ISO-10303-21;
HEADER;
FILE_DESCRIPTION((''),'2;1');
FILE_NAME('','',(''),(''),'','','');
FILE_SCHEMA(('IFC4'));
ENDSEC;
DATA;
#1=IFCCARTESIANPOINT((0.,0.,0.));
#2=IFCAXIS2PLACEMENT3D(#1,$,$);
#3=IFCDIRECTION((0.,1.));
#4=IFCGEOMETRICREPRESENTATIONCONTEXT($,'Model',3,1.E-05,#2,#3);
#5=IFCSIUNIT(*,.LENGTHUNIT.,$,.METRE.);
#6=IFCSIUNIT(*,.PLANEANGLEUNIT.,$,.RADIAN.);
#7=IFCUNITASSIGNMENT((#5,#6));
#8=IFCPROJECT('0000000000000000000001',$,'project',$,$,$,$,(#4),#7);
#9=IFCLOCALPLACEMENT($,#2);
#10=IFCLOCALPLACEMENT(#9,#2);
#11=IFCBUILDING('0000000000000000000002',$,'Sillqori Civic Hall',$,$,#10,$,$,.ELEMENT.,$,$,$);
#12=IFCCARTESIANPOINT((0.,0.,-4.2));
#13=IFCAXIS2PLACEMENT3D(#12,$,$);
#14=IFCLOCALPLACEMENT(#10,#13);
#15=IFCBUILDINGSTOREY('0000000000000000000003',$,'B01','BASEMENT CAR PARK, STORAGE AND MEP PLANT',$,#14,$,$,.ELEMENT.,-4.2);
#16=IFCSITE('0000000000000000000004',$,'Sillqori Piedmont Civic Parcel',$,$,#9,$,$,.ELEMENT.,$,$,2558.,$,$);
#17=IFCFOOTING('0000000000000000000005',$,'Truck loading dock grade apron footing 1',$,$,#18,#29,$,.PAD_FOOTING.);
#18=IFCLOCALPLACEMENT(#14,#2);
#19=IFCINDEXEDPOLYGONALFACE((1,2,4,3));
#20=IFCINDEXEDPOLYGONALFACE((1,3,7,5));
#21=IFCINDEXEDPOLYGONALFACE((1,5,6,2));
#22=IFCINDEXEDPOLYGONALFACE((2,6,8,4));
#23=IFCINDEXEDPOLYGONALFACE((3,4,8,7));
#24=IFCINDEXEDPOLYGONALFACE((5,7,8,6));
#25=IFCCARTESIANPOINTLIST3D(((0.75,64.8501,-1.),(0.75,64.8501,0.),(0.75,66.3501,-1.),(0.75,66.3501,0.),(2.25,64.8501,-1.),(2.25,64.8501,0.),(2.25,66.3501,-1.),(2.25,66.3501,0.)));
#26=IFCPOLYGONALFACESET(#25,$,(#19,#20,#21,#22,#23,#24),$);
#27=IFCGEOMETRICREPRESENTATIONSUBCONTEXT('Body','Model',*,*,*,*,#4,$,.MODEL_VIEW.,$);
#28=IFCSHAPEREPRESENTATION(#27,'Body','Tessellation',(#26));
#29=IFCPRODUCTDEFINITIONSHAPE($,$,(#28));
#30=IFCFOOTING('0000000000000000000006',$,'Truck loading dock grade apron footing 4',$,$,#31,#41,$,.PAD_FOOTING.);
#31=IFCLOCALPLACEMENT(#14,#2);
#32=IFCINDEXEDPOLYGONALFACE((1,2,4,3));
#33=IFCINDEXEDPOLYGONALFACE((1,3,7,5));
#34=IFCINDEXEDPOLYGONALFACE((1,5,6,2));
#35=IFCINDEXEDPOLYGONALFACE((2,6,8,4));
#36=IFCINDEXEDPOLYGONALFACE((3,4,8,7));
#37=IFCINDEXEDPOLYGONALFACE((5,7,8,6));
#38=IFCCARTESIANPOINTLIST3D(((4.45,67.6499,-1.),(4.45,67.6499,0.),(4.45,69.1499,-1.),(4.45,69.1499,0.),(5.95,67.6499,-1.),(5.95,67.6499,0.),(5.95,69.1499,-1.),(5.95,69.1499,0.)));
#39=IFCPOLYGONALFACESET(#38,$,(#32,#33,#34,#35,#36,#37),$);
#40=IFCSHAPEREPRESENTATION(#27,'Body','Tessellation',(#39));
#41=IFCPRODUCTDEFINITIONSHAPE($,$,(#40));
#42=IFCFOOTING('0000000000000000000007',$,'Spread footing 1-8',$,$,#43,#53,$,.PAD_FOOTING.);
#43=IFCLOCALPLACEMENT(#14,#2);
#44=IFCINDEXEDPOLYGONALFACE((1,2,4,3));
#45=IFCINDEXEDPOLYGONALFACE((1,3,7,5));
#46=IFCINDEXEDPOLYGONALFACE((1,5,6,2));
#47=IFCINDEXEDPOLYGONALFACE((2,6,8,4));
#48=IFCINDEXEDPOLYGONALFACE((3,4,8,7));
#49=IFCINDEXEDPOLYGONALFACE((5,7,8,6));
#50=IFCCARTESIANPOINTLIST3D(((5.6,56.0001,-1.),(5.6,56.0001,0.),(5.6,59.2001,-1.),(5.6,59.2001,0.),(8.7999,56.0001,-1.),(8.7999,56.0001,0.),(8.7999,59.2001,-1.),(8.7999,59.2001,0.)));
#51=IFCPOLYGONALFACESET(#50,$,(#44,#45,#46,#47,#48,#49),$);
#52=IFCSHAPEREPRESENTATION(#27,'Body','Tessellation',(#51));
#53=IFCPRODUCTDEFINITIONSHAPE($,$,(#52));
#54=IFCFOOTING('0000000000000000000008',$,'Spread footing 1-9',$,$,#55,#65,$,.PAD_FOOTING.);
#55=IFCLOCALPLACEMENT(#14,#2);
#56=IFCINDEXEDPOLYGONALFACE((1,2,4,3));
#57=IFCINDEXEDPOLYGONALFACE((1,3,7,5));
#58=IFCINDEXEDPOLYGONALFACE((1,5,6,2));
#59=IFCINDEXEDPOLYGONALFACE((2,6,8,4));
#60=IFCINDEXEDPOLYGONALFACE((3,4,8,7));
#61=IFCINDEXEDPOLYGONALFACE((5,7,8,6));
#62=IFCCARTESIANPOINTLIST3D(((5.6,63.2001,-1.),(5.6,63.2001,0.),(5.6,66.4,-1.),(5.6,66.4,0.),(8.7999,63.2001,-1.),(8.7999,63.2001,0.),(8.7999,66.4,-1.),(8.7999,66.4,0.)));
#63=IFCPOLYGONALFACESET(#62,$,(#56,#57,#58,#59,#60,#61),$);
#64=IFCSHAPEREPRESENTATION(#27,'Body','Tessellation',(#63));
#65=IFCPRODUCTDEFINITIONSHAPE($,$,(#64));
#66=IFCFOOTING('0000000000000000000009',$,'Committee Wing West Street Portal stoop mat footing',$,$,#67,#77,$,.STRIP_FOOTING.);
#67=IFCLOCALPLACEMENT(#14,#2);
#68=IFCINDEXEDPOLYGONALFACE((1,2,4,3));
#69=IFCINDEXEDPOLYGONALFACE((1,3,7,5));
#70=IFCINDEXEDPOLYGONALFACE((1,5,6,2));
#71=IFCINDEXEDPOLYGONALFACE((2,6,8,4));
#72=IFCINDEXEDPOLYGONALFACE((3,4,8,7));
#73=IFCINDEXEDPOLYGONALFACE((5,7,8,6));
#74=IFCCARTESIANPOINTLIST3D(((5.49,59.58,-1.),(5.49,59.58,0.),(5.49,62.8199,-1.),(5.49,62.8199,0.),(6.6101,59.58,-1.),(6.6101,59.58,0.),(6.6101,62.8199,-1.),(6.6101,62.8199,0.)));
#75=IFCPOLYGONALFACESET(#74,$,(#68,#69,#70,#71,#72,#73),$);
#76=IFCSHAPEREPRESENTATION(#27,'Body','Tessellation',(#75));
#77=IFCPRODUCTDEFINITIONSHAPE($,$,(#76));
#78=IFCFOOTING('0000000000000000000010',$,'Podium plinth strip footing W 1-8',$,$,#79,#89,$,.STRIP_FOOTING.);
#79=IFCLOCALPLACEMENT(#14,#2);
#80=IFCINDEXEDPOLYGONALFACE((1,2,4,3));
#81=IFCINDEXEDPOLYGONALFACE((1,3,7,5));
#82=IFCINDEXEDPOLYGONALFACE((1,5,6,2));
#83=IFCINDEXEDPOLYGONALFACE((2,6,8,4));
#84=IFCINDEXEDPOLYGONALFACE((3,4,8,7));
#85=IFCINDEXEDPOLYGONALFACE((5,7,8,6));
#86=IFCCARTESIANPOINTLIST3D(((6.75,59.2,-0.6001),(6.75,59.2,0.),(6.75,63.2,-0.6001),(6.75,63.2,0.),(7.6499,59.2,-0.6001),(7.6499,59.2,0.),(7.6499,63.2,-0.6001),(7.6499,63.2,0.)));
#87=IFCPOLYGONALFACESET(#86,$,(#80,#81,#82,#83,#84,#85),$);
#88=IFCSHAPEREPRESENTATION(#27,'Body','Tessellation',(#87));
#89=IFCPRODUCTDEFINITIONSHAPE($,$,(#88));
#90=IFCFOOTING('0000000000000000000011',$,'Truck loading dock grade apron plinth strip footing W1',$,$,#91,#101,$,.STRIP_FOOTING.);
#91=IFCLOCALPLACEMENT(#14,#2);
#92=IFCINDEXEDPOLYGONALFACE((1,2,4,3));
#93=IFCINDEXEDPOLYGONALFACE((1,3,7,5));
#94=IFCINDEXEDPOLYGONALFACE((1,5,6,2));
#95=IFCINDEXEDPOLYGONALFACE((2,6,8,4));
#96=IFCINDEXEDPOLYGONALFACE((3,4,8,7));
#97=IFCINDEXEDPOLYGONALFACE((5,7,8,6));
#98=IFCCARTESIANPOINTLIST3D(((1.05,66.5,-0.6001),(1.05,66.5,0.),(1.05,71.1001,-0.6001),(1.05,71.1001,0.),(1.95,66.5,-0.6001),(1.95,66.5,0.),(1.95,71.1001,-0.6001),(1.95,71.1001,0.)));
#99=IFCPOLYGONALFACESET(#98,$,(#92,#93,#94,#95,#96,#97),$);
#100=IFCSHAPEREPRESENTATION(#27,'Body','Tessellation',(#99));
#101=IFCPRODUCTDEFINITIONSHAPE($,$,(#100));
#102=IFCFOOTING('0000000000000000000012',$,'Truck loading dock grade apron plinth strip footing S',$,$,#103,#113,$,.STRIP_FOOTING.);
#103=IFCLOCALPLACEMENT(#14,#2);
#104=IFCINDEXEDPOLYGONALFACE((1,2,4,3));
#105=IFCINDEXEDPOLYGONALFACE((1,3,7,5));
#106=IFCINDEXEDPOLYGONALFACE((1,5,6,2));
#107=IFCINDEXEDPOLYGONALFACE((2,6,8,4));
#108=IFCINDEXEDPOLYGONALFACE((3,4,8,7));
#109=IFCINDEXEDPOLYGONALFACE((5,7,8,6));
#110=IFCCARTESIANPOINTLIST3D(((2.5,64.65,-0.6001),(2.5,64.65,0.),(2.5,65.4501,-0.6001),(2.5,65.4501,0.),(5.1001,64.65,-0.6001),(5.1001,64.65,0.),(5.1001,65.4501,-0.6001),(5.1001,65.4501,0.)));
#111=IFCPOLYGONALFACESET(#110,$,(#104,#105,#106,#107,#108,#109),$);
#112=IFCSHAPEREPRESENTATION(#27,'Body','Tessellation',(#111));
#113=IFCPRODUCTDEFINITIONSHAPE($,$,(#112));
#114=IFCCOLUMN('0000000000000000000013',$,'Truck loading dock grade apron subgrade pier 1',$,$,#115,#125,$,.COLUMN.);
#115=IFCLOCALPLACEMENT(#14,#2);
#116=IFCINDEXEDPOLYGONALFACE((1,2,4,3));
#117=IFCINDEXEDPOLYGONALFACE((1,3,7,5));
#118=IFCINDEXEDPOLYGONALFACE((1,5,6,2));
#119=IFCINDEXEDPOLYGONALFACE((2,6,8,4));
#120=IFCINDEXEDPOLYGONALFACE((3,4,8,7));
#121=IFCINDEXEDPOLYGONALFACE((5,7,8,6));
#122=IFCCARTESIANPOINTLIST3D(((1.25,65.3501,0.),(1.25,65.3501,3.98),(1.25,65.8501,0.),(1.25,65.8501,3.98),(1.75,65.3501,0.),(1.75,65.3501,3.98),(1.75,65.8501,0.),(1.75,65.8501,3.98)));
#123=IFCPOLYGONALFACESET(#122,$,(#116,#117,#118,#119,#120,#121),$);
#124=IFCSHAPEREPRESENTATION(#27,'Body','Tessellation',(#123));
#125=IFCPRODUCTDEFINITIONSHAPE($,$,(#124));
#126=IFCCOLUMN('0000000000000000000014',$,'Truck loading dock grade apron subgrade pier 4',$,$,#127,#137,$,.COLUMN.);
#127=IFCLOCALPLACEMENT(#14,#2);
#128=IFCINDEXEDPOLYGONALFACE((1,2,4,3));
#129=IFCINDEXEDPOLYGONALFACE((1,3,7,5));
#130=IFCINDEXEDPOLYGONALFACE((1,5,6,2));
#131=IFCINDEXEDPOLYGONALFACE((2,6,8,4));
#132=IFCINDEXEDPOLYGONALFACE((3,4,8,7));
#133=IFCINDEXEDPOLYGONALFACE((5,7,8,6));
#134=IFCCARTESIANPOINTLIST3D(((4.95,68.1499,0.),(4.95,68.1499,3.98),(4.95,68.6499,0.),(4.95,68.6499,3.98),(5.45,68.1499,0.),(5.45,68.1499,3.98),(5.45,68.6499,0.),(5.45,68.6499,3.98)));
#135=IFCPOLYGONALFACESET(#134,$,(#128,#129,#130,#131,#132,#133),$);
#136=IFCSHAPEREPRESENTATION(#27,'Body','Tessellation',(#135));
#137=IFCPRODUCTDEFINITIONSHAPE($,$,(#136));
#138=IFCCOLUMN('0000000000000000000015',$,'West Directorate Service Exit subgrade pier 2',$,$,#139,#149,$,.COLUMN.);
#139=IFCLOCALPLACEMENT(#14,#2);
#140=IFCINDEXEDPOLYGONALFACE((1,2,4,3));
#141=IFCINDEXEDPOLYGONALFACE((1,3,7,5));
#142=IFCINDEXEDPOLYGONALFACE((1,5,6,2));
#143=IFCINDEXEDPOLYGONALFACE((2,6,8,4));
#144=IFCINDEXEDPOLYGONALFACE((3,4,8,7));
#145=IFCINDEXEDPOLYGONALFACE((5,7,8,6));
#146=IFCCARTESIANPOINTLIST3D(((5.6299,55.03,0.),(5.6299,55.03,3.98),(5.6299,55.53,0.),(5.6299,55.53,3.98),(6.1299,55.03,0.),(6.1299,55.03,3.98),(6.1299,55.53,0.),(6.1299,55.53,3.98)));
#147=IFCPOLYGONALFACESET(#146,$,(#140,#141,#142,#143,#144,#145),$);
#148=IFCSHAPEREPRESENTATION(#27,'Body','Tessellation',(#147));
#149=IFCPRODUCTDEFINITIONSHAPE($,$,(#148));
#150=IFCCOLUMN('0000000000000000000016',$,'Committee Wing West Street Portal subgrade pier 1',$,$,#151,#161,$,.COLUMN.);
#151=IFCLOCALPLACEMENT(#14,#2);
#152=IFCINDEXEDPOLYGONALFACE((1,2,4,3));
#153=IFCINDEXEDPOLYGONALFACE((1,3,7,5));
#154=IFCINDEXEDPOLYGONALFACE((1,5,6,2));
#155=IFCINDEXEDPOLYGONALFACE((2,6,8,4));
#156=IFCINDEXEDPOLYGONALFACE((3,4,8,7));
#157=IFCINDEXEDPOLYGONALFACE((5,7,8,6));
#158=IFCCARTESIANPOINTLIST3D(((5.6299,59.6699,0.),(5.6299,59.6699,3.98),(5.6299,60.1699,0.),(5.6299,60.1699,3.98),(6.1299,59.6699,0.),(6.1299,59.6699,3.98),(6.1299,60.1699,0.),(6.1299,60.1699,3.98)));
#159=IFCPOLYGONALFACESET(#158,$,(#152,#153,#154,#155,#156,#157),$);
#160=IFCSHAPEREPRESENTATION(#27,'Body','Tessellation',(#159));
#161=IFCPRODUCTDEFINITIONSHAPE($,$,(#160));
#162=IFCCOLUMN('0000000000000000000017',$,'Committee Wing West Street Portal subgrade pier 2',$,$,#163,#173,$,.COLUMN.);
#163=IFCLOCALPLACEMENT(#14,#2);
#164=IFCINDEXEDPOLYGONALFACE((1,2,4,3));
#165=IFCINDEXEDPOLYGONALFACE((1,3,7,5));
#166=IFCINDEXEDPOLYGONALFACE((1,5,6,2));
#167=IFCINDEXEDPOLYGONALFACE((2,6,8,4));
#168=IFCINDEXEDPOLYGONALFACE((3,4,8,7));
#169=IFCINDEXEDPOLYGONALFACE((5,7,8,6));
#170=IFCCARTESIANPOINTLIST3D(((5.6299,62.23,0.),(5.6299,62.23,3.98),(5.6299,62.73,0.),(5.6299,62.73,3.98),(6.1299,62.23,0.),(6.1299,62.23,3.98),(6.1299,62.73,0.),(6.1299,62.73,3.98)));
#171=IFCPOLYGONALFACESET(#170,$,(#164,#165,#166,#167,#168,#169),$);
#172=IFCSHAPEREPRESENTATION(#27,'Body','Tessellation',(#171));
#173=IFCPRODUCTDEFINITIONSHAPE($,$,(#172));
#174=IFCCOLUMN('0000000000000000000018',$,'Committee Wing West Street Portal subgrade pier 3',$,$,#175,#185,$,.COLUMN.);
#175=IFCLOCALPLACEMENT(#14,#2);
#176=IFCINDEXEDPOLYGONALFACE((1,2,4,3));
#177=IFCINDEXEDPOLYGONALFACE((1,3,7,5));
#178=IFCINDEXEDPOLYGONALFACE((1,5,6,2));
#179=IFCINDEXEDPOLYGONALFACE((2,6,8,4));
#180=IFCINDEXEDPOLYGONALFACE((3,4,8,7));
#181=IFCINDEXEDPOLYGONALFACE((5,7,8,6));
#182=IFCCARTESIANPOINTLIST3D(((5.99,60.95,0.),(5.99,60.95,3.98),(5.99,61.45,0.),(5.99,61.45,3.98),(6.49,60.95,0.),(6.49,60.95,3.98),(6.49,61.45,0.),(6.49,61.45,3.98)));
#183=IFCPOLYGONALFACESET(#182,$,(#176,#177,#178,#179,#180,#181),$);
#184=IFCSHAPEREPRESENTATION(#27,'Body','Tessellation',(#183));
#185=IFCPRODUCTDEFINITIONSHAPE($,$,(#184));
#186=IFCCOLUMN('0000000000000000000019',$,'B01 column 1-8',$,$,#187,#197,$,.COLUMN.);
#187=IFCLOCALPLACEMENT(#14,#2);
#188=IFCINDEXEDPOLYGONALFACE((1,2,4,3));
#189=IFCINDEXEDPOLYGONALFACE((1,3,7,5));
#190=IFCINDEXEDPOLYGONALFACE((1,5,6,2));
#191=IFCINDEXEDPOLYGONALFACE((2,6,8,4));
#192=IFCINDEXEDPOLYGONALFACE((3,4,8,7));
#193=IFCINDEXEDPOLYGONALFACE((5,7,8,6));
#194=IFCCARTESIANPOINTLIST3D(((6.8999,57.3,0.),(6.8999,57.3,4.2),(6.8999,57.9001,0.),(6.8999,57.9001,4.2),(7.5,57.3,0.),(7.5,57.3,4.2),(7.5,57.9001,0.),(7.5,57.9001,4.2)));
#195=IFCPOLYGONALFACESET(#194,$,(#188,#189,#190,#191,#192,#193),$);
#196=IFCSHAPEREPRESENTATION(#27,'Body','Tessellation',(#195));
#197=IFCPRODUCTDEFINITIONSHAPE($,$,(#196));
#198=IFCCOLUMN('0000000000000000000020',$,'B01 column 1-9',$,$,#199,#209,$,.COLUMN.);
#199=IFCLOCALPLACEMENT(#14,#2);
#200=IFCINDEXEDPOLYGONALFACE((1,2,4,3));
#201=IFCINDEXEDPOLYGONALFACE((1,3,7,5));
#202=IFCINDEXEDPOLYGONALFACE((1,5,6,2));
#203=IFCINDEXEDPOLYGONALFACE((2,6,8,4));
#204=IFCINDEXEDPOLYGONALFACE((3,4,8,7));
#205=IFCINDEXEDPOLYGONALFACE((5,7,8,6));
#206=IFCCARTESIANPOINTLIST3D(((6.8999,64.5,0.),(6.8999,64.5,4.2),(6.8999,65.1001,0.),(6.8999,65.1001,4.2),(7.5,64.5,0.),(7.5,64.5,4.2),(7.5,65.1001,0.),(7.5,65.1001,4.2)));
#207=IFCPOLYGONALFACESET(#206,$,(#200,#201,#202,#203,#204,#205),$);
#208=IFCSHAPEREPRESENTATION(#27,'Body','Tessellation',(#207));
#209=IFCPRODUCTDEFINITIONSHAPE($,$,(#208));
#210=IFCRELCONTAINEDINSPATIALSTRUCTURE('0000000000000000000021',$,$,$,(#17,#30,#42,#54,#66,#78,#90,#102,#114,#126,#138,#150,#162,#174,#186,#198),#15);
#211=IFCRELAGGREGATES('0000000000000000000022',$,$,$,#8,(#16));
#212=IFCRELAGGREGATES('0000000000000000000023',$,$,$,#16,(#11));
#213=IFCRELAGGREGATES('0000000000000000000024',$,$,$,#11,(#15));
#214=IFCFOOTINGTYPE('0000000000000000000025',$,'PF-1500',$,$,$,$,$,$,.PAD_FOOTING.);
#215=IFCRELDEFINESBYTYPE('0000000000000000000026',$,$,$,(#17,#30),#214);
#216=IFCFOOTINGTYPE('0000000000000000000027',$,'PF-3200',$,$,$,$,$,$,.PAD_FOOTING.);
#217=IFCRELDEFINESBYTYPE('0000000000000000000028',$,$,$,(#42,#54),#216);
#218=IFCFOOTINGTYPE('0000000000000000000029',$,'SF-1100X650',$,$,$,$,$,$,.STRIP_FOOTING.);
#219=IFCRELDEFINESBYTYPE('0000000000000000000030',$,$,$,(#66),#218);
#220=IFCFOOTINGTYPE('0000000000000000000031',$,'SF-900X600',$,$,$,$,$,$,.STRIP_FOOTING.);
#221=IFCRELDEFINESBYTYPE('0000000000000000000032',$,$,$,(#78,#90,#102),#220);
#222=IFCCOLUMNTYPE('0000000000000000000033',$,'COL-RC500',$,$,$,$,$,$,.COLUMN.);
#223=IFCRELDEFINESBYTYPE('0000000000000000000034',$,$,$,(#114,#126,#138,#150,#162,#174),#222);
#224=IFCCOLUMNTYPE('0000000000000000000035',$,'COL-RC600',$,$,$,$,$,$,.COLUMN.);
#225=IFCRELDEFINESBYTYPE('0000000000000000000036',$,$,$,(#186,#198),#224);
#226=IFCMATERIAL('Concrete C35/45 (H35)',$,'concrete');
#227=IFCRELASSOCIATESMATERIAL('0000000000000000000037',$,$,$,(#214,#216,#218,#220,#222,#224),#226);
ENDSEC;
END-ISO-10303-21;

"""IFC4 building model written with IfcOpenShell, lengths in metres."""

from ifc_helpers import new_model, si_unit, direction, frame, origin, origin_2d, place, context, subcontext, project, spatial, rectangle, extrude, material, material_profile, profile_set, type_object, element, save


model = new_model("IFC4")

# Units and contexts
model_context = context("Model", 3, precision=1e-05, world=origin(), true_north=direction((0.0, 1.0)))
body_context = subcontext(model_context, "Body", "Model", "MODEL_VIEW")
ifc_project = project(units=[si_unit("LENGTHUNIT", "METRE"), si_unit("PLANEANGLEUNIT", "RADIAN")], contexts=[model_context])

# Site, building, storey
site_placement = place(None, origin())
site = spatial("IfcSite", under=ifc_project, at=site_placement, Name="Sillqori Piedmont Civic Parcel", CompositionType="ELEMENT", RefElevation=2558.0)
building_placement = place(site_placement, origin())
building = spatial("IfcBuilding", under=site, at=building_placement, Name="Sillqori Civic Hall", CompositionType="ELEMENT")
storey_placement = place(building_placement, frame((0.0, 0.0, -4.2)))
storey = spatial("IfcBuildingStorey", under=building, at=storey_placement, Name="B01", Description="BASEMENT CAR PARK, STORAGE AND MEP PLANT", CompositionType="ELEMENT", Elevation=-4.2)

# Footings
ifc_material = material(Name="Concrete C35/45 (H35)", Category="concrete")
footing_type_1 = type_object("IfcFootingType", Name="PF-1500", PredefinedType="PAD_FOOTING", material=ifc_material)
for number, where, z_axis, x_axis, name in (
    (1, (1.5, 65.6001, -1.0), (0.0, 0.0, 1.0), (1.0, 0.0, 0.0), "Truck loading dock grade apron footing 1"),
    (2, (5.2, 68.3999, -1.0), (0.0, 0.0, 1.0), (1.0, 0.0, 0.0), "Truck loading dock grade apron footing 4"),
):
    element("IfcFooting", number, at=place(storey_placement, frame(where, z_axis=z_axis, x_axis=x_axis)), inside=storey, type_object=footing_type_1, Name=name, PredefinedType="PAD_FOOTING", context=body_context, shape_type="SweptSolid", body=[
        extrude(rectangle(XDim=1.5, YDim=1.5, at=origin_2d()), origin(), (0.0, 0.0, 1.0), 1.0),
    ])
footing_type_2 = type_object("IfcFootingType", Name="PF-3200", PredefinedType="PAD_FOOTING", material=ifc_material)
for number, where, z_axis, x_axis, name in (
    (3, (7.2, 57.6001, -1.0), (0.0, 0.0, 1.0), (1.0, 0.0, 0.0), "Spread footing 1-8"),
    (4, (7.2, 64.8, -1.0), (0.0, 0.0, 1.0), (1.0, 0.0, 0.0), "Spread footing 1-9"),
):
    element("IfcFooting", number, at=place(storey_placement, frame(where, z_axis=z_axis, x_axis=x_axis)), inside=storey, type_object=footing_type_2, Name=name, PredefinedType="PAD_FOOTING", context=body_context, shape_type="SweptSolid", body=[
        extrude(rectangle(XDim=3.2, YDim=3.2, at=origin_2d()), origin(), (0.0, 0.0, 1.0), 1.0),
    ])
footing_type_3 = type_object("IfcFootingType", Name="SF-1100X650", PredefinedType="STRIP_FOOTING", material=ifc_material)
footing_1_placement = place(storey_placement, frame((6.05, 61.2, -1.0), z_axis=(0.0, 0.0, 1.0), x_axis=(1.0, 0.0, 0.0)))
element("IfcFooting", 5, at=footing_1_placement, inside=storey, type_object=footing_type_3, Name="Committee Wing West Street Portal stoop mat footing", PredefinedType="STRIP_FOOTING", context=body_context, shape_type="SweptSolid", body=[
    extrude(rectangle(XDim=1.1201, YDim=3.24, at=origin_2d()), origin(), (0.0, 0.0, 1.0), 1.0),
])
footing_type_4 = type_object("IfcFootingType", Name="SF-900X600", PredefinedType="STRIP_FOOTING", material=ifc_material)
footing_2_placement = place(storey_placement, frame((7.2, 61.2, -0.6001), z_axis=(0.0, 0.0, 1.0), x_axis=(1.0, 0.0, 0.0)))
element("IfcFooting", 6, at=footing_2_placement, inside=storey, type_object=footing_type_4, Name="Podium plinth strip footing W 1-8", PredefinedType="STRIP_FOOTING", context=body_context, shape_type="SweptSolid", body=[
    extrude(rectangle(XDim=0.8999, YDim=4.0, at=origin_2d()), origin(), (0.0, 0.0, 1.0), 0.6001),
])
footing_3_placement = place(storey_placement, frame((1.5, 68.8, -0.6001), z_axis=(0.0, 0.0, 1.0), x_axis=(1.0, 0.0, 0.0)))
element("IfcFooting", 7, at=footing_3_placement, inside=storey, type_object=footing_type_4, Name="Truck loading dock grade apron plinth strip footing W1", PredefinedType="STRIP_FOOTING", context=body_context, shape_type="SweptSolid", body=[
    extrude(rectangle(XDim=0.8999, YDim=4.6001, at=origin_2d()), origin(), (0.0, 0.0, 1.0), 0.6001),
])
footing_4_placement = place(storey_placement, frame((3.8, 65.05, -0.6001), z_axis=(0.0, 0.0, 1.0), x_axis=(1.0, 0.0, 0.0)))
element("IfcFooting", 8, at=footing_4_placement, inside=storey, type_object=footing_type_4, Name="Truck loading dock grade apron plinth strip footing S", PredefinedType="STRIP_FOOTING", context=body_context, shape_type="SweptSolid", body=[
    extrude(rectangle(XDim=2.6001, YDim=0.8, at=origin_2d()), origin(), (0.0, 0.0, 1.0), 0.6001),
])

# Columns
ifc_material_profile_1 = material_profile(ifc_material, rectangle(XDim=0.5, YDim=0.5, at=origin_2d()), Name="RC 500x500")
ifc_profile_set_1 = profile_set([ifc_material_profile_1], Name="Concrete C35/45 (H35)")
column_type_1 = type_object("IfcColumnType", Name="COL-RC500", PredefinedType="COLUMN", material=ifc_profile_set_1)
for number, where, z_axis, x_axis, name in (
    (9, (1.5, 65.6001, 0.0), (0.0, 0.0, 1.0), (1.0, 0.0, 0.0), "Truck loading dock grade apron subgrade pier 1"),
    (10, (5.2, 68.3999, 0.0), (0.0, 0.0, 1.0), (1.0, 0.0, 0.0), "Truck loading dock grade apron subgrade pier 4"),
    (11, (5.8799, 55.28, 0.0), (0.0, 0.0, 1.0), (1.0, 0.0, 0.0), "West Directorate Service Exit subgrade pier 2"),
    (12, (5.8799, 59.9199, 0.0), (0.0, 0.0, 1.0), (1.0, 0.0, 0.0), "Committee Wing West Street Portal subgrade pier 1"),
    (13, (5.8799, 62.48, 0.0), (0.0, 0.0, 1.0), (1.0, 0.0, 0.0), "Committee Wing West Street Portal subgrade pier 2"),
    (14, (6.24, 61.2, 0.0), (0.0, 0.0, 1.0), (1.0, 0.0, 0.0), "Committee Wing West Street Portal subgrade pier 3"),
):
    element("IfcColumn", number, at=place(storey_placement, frame(where, z_axis=z_axis, x_axis=x_axis)), inside=storey, type_object=column_type_1, Name=name, PredefinedType="COLUMN", context=body_context, shape_type="SweptSolid", body=[
        extrude(rectangle(XDim=0.5, YDim=0.5, at=origin_2d()), origin(), (0.0, 0.0, 1.0), 3.98),
    ])
ifc_material_profile_2 = material_profile(ifc_material, rectangle(XDim=0.6001, YDim=0.6001, at=origin_2d()), Name="RC 600x600")
ifc_profile_set_2 = profile_set([ifc_material_profile_2], Name="Concrete C35/45 (H35)")
column_type_2 = type_object("IfcColumnType", Name="COL-RC600", PredefinedType="COLUMN", material=ifc_profile_set_2)
for number, where, z_axis, x_axis, name in (
    (15, (7.2, 57.6001, 0.0), (0.0, 0.0, 1.0), (1.0, 0.0, 0.0), "B01 column 1-8"),
    (16, (7.2, 64.8, 0.0), (0.0, 0.0, 1.0), (1.0, 0.0, 0.0), "B01 column 1-9"),
):
    element("IfcColumn", number, at=place(storey_placement, frame(where, z_axis=z_axis, x_axis=x_axis)), inside=storey, type_object=column_type_2, Name=name, PredefinedType="COLUMN", context=body_context, shape_type="SweptSolid", body=[
        extrude(rectangle(XDim=0.6001, YDim=0.6001, at=origin_2d()), origin(), (0.0, 0.0, 1.0), 4.2),
    ])

save(model, "model.ifc")
